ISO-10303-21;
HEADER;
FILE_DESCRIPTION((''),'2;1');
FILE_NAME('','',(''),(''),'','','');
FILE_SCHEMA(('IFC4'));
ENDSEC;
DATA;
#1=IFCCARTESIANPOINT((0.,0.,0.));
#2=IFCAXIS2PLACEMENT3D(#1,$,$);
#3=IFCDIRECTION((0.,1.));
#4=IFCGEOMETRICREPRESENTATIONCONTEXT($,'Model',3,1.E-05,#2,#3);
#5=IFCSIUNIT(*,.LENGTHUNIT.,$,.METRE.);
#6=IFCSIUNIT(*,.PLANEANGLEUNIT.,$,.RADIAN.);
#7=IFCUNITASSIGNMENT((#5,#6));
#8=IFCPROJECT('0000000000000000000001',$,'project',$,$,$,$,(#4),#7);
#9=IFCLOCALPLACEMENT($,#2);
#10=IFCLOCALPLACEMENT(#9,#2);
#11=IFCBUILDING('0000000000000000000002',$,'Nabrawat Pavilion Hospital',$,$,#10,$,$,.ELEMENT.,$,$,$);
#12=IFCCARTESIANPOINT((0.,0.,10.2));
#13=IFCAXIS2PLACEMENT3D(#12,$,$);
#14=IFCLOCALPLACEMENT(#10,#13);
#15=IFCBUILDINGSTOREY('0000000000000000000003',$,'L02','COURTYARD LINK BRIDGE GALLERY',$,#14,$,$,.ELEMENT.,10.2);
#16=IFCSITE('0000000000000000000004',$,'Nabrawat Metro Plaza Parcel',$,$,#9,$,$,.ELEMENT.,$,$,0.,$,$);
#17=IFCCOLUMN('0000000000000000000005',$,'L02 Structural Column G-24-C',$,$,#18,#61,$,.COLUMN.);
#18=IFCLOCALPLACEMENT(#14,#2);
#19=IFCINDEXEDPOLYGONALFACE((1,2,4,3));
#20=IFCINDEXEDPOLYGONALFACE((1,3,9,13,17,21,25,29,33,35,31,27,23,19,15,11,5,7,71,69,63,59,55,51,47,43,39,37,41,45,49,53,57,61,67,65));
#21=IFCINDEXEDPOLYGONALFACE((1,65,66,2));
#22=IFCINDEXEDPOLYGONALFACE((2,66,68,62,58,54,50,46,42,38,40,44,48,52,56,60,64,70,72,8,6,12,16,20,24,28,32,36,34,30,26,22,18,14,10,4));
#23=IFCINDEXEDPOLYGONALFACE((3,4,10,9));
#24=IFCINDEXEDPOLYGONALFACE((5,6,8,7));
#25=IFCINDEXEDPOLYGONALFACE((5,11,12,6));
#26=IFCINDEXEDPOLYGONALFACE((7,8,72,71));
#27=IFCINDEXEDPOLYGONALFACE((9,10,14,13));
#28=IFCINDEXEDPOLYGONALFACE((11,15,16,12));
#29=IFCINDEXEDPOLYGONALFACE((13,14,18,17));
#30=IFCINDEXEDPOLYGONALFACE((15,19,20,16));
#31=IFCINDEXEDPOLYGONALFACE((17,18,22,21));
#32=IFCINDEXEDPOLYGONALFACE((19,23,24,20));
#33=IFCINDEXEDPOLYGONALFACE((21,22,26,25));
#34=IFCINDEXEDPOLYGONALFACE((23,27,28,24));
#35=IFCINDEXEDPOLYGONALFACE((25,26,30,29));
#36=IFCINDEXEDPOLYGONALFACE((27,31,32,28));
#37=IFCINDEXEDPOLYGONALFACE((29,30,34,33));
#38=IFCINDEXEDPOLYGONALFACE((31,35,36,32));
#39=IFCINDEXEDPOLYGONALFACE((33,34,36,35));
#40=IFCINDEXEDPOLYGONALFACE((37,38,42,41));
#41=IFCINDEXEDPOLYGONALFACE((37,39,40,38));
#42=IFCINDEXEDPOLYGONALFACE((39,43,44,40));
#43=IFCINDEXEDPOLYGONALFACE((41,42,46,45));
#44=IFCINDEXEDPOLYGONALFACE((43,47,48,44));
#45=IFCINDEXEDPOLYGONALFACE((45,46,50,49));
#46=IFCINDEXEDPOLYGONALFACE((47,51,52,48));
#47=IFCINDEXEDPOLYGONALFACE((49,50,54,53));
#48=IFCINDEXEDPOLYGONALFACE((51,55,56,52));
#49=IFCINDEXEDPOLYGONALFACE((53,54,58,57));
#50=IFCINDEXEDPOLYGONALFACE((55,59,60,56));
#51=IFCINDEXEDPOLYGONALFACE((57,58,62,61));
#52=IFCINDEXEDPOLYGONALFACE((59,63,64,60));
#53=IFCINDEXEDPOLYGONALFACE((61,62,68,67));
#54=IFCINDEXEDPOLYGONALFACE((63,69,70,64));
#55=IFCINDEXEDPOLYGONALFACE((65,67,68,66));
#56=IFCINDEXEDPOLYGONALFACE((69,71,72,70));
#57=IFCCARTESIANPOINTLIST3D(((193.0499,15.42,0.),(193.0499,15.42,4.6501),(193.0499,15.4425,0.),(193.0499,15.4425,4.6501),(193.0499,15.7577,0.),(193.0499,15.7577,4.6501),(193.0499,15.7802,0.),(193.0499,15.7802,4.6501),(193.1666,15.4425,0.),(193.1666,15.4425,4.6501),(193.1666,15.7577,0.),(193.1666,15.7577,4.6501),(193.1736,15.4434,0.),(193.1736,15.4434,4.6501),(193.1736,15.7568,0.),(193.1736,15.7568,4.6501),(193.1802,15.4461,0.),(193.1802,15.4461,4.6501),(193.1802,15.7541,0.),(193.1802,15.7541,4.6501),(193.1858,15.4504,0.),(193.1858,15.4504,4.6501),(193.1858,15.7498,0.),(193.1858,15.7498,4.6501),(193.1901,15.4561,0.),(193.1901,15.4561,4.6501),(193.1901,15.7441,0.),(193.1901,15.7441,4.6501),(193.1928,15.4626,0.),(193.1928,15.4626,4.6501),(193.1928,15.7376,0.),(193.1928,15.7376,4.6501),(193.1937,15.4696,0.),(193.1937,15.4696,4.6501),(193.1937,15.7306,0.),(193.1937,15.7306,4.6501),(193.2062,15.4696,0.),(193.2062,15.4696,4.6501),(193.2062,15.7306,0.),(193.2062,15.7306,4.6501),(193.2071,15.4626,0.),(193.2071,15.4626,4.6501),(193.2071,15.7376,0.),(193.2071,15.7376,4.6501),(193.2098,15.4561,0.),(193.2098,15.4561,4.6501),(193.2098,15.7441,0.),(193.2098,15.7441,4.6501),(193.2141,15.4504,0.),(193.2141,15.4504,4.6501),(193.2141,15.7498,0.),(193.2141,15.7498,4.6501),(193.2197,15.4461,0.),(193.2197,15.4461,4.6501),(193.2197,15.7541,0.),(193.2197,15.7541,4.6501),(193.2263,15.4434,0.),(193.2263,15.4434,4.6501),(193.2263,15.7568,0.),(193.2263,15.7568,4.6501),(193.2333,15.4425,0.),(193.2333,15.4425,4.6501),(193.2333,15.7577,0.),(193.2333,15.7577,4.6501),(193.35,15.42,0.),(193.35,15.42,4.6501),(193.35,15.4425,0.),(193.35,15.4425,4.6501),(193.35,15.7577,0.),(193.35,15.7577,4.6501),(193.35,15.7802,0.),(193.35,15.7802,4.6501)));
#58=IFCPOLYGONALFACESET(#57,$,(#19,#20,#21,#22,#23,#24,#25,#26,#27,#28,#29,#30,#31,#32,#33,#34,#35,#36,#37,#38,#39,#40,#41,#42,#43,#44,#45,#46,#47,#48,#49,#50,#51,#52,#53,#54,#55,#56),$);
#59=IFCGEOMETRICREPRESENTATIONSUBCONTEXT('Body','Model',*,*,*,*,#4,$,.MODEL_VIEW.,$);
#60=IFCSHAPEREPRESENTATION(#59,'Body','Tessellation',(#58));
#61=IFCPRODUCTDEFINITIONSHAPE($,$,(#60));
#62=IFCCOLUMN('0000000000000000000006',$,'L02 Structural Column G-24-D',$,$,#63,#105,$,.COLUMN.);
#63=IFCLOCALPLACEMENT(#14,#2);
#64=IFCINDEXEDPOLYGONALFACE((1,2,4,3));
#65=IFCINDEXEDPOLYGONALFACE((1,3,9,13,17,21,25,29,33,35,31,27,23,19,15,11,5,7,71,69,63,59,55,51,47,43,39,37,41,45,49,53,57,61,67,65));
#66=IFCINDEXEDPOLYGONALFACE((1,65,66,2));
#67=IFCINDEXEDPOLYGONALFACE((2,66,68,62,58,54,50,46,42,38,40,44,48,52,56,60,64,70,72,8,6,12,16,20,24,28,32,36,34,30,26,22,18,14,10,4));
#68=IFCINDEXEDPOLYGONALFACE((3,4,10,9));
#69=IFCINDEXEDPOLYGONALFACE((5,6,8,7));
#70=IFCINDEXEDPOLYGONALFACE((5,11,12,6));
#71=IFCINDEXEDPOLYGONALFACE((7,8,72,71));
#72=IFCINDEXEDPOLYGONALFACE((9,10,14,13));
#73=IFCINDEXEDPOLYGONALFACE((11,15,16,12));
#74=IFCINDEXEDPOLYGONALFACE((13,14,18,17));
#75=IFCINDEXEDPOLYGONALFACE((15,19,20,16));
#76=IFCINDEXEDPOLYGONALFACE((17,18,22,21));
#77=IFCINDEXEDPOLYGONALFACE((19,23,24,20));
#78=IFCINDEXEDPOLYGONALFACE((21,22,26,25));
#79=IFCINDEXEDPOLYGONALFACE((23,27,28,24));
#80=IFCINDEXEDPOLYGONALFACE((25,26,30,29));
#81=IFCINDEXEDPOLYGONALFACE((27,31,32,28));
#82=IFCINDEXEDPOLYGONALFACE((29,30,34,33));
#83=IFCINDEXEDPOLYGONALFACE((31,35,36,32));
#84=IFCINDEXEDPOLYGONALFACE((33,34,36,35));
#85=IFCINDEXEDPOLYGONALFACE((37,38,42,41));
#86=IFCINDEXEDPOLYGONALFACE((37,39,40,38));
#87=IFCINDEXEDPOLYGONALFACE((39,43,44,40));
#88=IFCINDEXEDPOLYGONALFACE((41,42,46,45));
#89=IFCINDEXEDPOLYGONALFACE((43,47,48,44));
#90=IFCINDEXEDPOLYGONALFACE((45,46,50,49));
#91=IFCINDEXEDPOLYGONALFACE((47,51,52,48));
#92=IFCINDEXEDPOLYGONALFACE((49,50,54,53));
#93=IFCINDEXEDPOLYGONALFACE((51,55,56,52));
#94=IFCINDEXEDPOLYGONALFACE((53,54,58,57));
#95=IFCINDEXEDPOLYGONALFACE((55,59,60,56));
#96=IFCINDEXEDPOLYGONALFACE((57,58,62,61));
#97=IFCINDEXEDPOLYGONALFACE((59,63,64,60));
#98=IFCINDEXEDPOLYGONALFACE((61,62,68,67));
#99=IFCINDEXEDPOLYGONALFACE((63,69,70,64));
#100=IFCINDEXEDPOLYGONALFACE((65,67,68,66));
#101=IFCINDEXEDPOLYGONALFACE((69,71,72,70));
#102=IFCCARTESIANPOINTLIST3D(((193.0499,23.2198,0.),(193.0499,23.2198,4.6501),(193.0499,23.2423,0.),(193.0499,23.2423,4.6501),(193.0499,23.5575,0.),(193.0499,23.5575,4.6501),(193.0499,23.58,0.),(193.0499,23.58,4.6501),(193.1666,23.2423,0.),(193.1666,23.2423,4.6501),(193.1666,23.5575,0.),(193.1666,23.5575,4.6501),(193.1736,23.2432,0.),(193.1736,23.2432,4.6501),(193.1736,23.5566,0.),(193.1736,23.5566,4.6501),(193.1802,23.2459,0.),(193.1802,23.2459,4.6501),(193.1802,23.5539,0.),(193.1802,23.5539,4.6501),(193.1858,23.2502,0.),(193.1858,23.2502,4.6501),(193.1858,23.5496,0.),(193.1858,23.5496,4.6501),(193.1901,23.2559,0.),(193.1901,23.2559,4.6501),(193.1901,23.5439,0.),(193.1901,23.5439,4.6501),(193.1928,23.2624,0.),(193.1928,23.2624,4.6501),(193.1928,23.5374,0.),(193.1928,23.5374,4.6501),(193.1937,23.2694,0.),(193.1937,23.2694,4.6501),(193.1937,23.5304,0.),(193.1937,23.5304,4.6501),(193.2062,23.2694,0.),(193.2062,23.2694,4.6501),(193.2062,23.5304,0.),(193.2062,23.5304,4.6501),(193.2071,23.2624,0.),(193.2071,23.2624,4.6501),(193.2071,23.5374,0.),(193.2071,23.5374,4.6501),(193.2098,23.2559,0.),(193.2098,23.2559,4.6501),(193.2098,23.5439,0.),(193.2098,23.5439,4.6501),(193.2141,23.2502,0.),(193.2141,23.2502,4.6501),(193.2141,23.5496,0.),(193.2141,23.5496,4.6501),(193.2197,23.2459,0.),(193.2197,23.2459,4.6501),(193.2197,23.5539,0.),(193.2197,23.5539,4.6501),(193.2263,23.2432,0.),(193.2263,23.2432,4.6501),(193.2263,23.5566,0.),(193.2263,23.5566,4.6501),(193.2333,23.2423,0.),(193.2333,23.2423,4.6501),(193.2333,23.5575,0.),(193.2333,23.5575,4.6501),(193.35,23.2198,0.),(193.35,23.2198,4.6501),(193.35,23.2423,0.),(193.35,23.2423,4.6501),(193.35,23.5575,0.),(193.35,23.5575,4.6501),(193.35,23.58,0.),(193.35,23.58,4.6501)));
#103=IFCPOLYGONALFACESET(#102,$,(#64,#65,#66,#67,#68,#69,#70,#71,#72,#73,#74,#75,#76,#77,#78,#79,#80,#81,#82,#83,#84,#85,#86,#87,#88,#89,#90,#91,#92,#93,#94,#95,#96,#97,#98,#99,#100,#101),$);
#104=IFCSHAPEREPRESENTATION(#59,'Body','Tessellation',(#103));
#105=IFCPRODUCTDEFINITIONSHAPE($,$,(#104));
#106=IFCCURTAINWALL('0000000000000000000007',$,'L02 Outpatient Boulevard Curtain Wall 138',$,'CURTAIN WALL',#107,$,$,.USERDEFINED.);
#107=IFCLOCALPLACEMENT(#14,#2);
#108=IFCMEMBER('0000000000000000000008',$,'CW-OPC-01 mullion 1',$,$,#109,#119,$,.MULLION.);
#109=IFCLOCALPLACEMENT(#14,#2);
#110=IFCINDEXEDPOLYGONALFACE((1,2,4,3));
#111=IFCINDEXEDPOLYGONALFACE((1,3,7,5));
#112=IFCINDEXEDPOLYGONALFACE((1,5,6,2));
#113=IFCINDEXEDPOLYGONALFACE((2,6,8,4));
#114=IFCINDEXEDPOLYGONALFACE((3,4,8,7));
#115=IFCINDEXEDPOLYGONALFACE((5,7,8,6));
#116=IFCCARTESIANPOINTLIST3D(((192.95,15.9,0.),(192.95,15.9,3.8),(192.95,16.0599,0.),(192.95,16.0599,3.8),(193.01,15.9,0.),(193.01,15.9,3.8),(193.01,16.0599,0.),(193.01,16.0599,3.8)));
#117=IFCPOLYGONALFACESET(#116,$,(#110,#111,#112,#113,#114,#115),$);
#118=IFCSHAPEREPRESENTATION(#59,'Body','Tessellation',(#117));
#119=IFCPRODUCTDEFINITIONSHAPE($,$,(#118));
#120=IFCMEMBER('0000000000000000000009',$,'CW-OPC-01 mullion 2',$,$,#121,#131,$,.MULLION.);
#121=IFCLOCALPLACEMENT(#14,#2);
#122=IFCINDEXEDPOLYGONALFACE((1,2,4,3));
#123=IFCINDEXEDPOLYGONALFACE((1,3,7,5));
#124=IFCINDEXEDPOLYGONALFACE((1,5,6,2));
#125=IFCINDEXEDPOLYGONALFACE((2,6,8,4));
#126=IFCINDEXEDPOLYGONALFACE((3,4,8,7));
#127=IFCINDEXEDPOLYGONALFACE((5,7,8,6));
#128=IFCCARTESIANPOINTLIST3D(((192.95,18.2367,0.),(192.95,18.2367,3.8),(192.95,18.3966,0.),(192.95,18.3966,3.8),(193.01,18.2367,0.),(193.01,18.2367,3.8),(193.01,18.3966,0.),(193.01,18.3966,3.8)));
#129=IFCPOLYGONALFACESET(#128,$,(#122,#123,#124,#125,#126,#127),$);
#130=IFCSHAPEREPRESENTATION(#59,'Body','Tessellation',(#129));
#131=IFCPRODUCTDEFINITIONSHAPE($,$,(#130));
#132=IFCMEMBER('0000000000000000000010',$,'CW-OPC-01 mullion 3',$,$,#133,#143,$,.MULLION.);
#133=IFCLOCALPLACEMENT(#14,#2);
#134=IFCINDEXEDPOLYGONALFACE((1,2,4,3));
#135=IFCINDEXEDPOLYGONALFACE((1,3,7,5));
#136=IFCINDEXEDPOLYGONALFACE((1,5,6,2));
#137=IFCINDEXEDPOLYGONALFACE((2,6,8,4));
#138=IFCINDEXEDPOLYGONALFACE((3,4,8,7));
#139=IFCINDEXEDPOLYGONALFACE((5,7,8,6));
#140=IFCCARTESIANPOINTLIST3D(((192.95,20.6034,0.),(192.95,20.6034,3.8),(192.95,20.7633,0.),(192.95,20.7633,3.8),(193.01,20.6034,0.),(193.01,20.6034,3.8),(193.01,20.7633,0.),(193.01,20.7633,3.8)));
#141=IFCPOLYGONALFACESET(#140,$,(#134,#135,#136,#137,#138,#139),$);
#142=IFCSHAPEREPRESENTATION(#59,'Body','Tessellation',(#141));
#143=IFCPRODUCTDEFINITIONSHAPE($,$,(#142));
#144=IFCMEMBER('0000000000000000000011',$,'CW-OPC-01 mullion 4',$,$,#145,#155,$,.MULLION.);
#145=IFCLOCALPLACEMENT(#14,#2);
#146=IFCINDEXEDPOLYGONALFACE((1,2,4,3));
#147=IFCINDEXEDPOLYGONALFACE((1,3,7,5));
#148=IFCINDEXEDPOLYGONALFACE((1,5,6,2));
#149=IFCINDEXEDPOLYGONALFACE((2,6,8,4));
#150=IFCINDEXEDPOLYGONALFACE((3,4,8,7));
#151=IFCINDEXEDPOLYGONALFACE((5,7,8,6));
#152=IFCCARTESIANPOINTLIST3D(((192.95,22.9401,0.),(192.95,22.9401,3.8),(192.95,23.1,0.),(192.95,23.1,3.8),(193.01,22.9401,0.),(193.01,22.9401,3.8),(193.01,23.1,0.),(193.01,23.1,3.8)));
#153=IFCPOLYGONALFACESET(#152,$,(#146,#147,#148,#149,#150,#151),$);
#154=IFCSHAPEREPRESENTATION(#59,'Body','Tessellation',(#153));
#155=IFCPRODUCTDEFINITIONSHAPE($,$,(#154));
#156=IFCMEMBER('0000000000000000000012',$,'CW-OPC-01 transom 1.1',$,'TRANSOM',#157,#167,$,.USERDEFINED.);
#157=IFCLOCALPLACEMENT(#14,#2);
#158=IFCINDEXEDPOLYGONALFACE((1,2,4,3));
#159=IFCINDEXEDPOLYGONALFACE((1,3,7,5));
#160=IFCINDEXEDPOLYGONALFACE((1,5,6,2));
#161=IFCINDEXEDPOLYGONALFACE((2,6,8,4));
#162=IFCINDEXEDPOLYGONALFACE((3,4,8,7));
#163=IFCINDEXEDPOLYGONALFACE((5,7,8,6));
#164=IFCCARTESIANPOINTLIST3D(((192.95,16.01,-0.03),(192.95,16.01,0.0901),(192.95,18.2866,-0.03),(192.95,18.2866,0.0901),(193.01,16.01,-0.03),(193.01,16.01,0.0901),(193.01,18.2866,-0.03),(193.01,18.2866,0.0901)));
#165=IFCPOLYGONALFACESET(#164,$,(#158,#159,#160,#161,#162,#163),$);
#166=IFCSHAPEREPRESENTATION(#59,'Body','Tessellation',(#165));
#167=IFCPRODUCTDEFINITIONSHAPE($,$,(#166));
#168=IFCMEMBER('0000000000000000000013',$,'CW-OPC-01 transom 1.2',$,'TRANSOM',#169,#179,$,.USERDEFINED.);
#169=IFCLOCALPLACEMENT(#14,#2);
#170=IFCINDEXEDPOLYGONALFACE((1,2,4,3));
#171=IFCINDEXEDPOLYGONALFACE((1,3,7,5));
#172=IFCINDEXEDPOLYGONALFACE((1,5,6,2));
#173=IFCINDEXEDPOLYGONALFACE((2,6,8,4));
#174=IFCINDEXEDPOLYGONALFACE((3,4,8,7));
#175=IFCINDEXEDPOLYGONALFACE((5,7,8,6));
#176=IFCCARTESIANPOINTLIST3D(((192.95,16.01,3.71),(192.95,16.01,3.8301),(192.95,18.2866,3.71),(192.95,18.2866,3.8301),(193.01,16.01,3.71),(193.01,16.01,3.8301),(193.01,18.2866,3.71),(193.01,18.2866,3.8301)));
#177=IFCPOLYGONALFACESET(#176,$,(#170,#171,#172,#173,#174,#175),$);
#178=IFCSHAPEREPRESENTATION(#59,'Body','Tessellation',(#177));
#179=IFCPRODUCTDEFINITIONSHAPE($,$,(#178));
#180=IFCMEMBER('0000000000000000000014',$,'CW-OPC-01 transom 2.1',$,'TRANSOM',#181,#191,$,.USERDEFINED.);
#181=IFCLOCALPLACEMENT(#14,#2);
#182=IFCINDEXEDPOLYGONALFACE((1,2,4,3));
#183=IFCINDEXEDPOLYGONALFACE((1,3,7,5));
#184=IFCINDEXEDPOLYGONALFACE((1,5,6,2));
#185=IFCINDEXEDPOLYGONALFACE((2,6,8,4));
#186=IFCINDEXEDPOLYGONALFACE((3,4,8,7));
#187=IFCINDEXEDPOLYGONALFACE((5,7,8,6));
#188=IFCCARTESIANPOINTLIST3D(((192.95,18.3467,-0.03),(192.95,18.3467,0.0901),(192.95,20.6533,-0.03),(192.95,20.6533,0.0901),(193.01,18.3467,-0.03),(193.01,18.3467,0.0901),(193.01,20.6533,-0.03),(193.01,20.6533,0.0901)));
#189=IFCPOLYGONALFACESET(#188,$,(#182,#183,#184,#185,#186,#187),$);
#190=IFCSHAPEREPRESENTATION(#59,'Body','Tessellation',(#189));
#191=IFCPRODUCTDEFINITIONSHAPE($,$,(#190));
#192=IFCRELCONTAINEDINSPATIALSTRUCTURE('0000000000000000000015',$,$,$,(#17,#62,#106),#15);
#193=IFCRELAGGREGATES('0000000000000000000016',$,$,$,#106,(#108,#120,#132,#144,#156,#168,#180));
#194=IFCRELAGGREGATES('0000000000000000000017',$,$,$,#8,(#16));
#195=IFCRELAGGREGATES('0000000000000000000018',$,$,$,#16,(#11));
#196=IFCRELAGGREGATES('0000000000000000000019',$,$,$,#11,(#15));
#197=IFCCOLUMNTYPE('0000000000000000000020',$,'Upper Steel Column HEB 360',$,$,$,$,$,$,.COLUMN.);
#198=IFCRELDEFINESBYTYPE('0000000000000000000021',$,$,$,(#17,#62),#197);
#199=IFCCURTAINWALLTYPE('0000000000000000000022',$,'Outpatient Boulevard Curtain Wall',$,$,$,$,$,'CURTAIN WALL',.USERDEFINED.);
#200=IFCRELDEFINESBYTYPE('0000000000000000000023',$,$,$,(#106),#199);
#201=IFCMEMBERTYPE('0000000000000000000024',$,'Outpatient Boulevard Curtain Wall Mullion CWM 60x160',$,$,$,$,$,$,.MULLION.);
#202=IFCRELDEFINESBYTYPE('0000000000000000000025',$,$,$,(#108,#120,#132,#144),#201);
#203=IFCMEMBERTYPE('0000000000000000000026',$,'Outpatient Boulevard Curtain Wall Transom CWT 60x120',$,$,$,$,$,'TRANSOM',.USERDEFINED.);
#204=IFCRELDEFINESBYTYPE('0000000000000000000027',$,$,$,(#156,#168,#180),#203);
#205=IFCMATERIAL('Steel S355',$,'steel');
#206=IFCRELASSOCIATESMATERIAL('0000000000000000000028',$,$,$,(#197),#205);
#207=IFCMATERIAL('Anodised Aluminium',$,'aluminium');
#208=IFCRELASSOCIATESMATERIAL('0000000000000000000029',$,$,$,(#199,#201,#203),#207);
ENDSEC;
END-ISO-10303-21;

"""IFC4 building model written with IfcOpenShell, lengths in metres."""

from ifc_helpers import new_model, si_unit, direction, frame, origin, origin_2d, place, context, subcontext, project, spatial, rectangle, i_section, extrude, material, material_profile, profile_set, type_object, element, aggregate, save


model = new_model("IFC4")

# Units and contexts
model_context = context("Model", 3, precision=1e-05, world=origin(), true_north=direction((0.0, 1.0)))
body_context = subcontext(model_context, "Body", "Model", "MODEL_VIEW")
ifc_project = project(units=[si_unit("LENGTHUNIT", "METRE"), si_unit("PLANEANGLEUNIT", "RADIAN")], contexts=[model_context])

# Site, building, storey
site_placement = place(None, origin())
site = spatial("IfcSite", under=ifc_project, at=site_placement, Name="Nabrawat Metro Plaza Parcel", CompositionType="ELEMENT", RefElevation=0.0)
building_placement = place(site_placement, origin())
building = spatial("IfcBuilding", under=site, at=building_placement, Name="Nabrawat Pavilion Hospital", CompositionType="ELEMENT")
storey_placement = place(building_placement, frame((0.0, 0.0, 10.2)))
storey = spatial("IfcBuildingStorey", under=building, at=storey_placement, Name="L02", Description="COURTYARD LINK BRIDGE GALLERY", CompositionType="ELEMENT", Elevation=10.2)

# Columns
ifc_material_1 = material(Name="Steel S355", Category="steel")
ifc_material_profile_1 = material_profile(ifc_material_1, i_section(OverallWidth=0.3, OverallDepth=0.3601, WebThickness=0.0125, FlangeThickness=0.0225, FilletRadius=0.0271, at=origin_2d()), Name="HEB 360")
ifc_profile_set_1 = profile_set([ifc_material_profile_1], Name="Steel S355")
column_type = type_object("IfcColumnType", Name="Upper Steel Column HEB 360", PredefinedType="COLUMN", material=ifc_profile_set_1)
for number, where, z_axis, x_axis, name in (
    (1, (193.2, 15.6001, 0.0), (0.0, 0.0, 1.0), (1.0, 0.0, 0.0), "L02 Structural Column G-24-C"),
    (2, (193.2, 23.3999, 0.0), (0.0, 0.0, 1.0), (1.0, 0.0, 0.0), "L02 Structural Column G-24-D"),
):
    element("IfcColumn", number, at=place(storey_placement, frame(where, z_axis=z_axis, x_axis=x_axis)), inside=storey, type_object=column_type, Name=name, PredefinedType="COLUMN", context=body_context, shape_type="SweptSolid", body=[
        extrude(i_section(OverallWidth=0.3, OverallDepth=0.3601, WebThickness=0.0125, FlangeThickness=0.0225, FilletRadius=0.0271, at=origin_2d()), origin(), (0.0, 0.0, 1.0), 4.6501),
    ])

# Curtain wall, members
ifc_material_2 = material(Name="Anodised Aluminium", Category="aluminium")
curtain_wall_type = type_object("IfcCurtainWallType", Name="Outpatient Boulevard Curtain Wall", ElementType="CURTAIN WALL", PredefinedType="USERDEFINED", material=ifc_material_2)
curtain_wall_placement = place(storey_placement, origin())
curtain_wall = element("IfcCurtainWall", 3, at=curtain_wall_placement, inside=storey, type_object=curtain_wall_type, Name="L02 Outpatient Boulevard Curtain Wall 138", ObjectType="CURTAIN WALL", PredefinedType="USERDEFINED")
ifc_material_profile_2 = material_profile(ifc_material_2, rectangle(XDim=0.0601, YDim=0.1599, at=origin_2d()), Name="CWM 60x160")
ifc_profile_set_2 = profile_set([ifc_material_profile_2], Name="Anodised Aluminium")
member_type_1 = type_object("IfcMemberType", Name="Outpatient Boulevard Curtain Wall Mullion CWM 60x160", PredefinedType="MULLION", material=ifc_profile_set_2)
member_1_placement = place(storey_placement, frame((192.98, 15.98, 0.0), z_axis=(0.0, 0.0, 1.0), x_axis=(-1.0, 0.0, 0.0)))
member_1 = element("IfcMember", 4, at=member_1_placement, type_object=member_type_1, Name="CW-OPC-01 mullion 1", PredefinedType="MULLION", context=body_context, shape_type="SweptSolid", body=[
    extrude(rectangle(XDim=0.0601, YDim=0.1599, at=origin_2d()), origin(), (0.0, 0.0, 1.0), 3.8),
])
member_2_placement = place(storey_placement, frame((192.98, 18.3167, 0.0), z_axis=(0.0, 0.0, 1.0), x_axis=(-1.0, 0.0, 0.0)))
member_2 = element("IfcMember", 5, at=member_2_placement, type_object=member_type_1, Name="CW-OPC-01 mullion 2", PredefinedType="MULLION", context=body_context, shape_type="SweptSolid", body=[
    extrude(rectangle(XDim=0.0601, YDim=0.1599, at=origin_2d()), origin(), (0.0, 0.0, 1.0), 3.8),
])
member_3_placement = place(storey_placement, frame((192.98, 20.6833, 0.0), z_axis=(0.0, 0.0, 1.0), x_axis=(-1.0, 0.0, 0.0)))
member_3 = element("IfcMember", 6, at=member_3_placement, type_object=member_type_1, Name="CW-OPC-01 mullion 3", PredefinedType="MULLION", context=body_context, shape_type="SweptSolid", body=[
    extrude(rectangle(XDim=0.0601, YDim=0.1599, at=origin_2d()), origin(), (0.0, 0.0, 1.0), 3.8),
])
member_4_placement = place(storey_placement, frame((192.98, 23.02, 0.0), z_axis=(0.0, 0.0, 1.0), x_axis=(-1.0, 0.0, 0.0)))
member_4 = element("IfcMember", 7, at=member_4_placement, type_object=member_type_1, Name="CW-OPC-01 mullion 4", PredefinedType="MULLION", context=body_context, shape_type="SweptSolid", body=[
    extrude(rectangle(XDim=0.0601, YDim=0.1599, at=origin_2d()), origin(), (0.0, 0.0, 1.0), 3.8),
])
ifc_material_profile_3 = material_profile(ifc_material_2, rectangle(XDim=0.0601, YDim=0.1201, at=origin_2d()), Name="CWT 60x120")
ifc_profile_set_3 = profile_set([ifc_material_profile_3], Name="Anodised Aluminium")
member_type_2 = type_object("IfcMemberType", Name="Outpatient Boulevard Curtain Wall Transom CWT 60x120", ElementType="TRANSOM", PredefinedType="USERDEFINED", material=ifc_profile_set_3)
member_5_placement = place(storey_placement, frame((192.98, 16.01, 0.03), z_axis=(0.0, 1.0, 0.0), x_axis=(-1.0, 0.0, 0.0)))
member_5 = element("IfcMember", 8, at=member_5_placement, type_object=member_type_2, Name="CW-OPC-01 transom 1.1", ObjectType="TRANSOM", PredefinedType="USERDEFINED", context=body_context, shape_type="SweptSolid", body=[
    extrude(rectangle(XDim=0.0601, YDim=0.1201, at=origin_2d()), origin(), (0.0, 0.0, 1.0), 2.2766),
])
member_6_placement = place(storey_placement, frame((192.98, 16.01, 3.77), z_axis=(0.0, 1.0, 0.0), x_axis=(-1.0, 0.0, 0.0)))
member_6 = element("IfcMember", 9, at=member_6_placement, type_object=member_type_2, Name="CW-OPC-01 transom 1.2", ObjectType="TRANSOM", PredefinedType="USERDEFINED", context=body_context, shape_type="SweptSolid", body=[
    extrude(rectangle(XDim=0.0601, YDim=0.1201, at=origin_2d()), origin(), (0.0, 0.0, 1.0), 2.2766),
])
member_7_placement = place(storey_placement, frame((192.98, 18.3467, 0.03), z_axis=(0.0, 1.0, 0.0), x_axis=(-1.0, 0.0, 0.0)))
member_7 = element("IfcMember", 10, at=member_7_placement, type_object=member_type_2, Name="CW-OPC-01 transom 2.1", ObjectType="TRANSOM", PredefinedType="USERDEFINED", context=body_context, shape_type="SweptSolid", body=[
    extrude(rectangle(XDim=0.0601, YDim=0.1201, at=origin_2d()), origin(), (0.0, 0.0, 1.0), 2.3066),
])

aggregate(curtain_wall, [member_1, member_2, member_3, member_4, member_5, member_6, member_7])

save(model, "model.ifc")
